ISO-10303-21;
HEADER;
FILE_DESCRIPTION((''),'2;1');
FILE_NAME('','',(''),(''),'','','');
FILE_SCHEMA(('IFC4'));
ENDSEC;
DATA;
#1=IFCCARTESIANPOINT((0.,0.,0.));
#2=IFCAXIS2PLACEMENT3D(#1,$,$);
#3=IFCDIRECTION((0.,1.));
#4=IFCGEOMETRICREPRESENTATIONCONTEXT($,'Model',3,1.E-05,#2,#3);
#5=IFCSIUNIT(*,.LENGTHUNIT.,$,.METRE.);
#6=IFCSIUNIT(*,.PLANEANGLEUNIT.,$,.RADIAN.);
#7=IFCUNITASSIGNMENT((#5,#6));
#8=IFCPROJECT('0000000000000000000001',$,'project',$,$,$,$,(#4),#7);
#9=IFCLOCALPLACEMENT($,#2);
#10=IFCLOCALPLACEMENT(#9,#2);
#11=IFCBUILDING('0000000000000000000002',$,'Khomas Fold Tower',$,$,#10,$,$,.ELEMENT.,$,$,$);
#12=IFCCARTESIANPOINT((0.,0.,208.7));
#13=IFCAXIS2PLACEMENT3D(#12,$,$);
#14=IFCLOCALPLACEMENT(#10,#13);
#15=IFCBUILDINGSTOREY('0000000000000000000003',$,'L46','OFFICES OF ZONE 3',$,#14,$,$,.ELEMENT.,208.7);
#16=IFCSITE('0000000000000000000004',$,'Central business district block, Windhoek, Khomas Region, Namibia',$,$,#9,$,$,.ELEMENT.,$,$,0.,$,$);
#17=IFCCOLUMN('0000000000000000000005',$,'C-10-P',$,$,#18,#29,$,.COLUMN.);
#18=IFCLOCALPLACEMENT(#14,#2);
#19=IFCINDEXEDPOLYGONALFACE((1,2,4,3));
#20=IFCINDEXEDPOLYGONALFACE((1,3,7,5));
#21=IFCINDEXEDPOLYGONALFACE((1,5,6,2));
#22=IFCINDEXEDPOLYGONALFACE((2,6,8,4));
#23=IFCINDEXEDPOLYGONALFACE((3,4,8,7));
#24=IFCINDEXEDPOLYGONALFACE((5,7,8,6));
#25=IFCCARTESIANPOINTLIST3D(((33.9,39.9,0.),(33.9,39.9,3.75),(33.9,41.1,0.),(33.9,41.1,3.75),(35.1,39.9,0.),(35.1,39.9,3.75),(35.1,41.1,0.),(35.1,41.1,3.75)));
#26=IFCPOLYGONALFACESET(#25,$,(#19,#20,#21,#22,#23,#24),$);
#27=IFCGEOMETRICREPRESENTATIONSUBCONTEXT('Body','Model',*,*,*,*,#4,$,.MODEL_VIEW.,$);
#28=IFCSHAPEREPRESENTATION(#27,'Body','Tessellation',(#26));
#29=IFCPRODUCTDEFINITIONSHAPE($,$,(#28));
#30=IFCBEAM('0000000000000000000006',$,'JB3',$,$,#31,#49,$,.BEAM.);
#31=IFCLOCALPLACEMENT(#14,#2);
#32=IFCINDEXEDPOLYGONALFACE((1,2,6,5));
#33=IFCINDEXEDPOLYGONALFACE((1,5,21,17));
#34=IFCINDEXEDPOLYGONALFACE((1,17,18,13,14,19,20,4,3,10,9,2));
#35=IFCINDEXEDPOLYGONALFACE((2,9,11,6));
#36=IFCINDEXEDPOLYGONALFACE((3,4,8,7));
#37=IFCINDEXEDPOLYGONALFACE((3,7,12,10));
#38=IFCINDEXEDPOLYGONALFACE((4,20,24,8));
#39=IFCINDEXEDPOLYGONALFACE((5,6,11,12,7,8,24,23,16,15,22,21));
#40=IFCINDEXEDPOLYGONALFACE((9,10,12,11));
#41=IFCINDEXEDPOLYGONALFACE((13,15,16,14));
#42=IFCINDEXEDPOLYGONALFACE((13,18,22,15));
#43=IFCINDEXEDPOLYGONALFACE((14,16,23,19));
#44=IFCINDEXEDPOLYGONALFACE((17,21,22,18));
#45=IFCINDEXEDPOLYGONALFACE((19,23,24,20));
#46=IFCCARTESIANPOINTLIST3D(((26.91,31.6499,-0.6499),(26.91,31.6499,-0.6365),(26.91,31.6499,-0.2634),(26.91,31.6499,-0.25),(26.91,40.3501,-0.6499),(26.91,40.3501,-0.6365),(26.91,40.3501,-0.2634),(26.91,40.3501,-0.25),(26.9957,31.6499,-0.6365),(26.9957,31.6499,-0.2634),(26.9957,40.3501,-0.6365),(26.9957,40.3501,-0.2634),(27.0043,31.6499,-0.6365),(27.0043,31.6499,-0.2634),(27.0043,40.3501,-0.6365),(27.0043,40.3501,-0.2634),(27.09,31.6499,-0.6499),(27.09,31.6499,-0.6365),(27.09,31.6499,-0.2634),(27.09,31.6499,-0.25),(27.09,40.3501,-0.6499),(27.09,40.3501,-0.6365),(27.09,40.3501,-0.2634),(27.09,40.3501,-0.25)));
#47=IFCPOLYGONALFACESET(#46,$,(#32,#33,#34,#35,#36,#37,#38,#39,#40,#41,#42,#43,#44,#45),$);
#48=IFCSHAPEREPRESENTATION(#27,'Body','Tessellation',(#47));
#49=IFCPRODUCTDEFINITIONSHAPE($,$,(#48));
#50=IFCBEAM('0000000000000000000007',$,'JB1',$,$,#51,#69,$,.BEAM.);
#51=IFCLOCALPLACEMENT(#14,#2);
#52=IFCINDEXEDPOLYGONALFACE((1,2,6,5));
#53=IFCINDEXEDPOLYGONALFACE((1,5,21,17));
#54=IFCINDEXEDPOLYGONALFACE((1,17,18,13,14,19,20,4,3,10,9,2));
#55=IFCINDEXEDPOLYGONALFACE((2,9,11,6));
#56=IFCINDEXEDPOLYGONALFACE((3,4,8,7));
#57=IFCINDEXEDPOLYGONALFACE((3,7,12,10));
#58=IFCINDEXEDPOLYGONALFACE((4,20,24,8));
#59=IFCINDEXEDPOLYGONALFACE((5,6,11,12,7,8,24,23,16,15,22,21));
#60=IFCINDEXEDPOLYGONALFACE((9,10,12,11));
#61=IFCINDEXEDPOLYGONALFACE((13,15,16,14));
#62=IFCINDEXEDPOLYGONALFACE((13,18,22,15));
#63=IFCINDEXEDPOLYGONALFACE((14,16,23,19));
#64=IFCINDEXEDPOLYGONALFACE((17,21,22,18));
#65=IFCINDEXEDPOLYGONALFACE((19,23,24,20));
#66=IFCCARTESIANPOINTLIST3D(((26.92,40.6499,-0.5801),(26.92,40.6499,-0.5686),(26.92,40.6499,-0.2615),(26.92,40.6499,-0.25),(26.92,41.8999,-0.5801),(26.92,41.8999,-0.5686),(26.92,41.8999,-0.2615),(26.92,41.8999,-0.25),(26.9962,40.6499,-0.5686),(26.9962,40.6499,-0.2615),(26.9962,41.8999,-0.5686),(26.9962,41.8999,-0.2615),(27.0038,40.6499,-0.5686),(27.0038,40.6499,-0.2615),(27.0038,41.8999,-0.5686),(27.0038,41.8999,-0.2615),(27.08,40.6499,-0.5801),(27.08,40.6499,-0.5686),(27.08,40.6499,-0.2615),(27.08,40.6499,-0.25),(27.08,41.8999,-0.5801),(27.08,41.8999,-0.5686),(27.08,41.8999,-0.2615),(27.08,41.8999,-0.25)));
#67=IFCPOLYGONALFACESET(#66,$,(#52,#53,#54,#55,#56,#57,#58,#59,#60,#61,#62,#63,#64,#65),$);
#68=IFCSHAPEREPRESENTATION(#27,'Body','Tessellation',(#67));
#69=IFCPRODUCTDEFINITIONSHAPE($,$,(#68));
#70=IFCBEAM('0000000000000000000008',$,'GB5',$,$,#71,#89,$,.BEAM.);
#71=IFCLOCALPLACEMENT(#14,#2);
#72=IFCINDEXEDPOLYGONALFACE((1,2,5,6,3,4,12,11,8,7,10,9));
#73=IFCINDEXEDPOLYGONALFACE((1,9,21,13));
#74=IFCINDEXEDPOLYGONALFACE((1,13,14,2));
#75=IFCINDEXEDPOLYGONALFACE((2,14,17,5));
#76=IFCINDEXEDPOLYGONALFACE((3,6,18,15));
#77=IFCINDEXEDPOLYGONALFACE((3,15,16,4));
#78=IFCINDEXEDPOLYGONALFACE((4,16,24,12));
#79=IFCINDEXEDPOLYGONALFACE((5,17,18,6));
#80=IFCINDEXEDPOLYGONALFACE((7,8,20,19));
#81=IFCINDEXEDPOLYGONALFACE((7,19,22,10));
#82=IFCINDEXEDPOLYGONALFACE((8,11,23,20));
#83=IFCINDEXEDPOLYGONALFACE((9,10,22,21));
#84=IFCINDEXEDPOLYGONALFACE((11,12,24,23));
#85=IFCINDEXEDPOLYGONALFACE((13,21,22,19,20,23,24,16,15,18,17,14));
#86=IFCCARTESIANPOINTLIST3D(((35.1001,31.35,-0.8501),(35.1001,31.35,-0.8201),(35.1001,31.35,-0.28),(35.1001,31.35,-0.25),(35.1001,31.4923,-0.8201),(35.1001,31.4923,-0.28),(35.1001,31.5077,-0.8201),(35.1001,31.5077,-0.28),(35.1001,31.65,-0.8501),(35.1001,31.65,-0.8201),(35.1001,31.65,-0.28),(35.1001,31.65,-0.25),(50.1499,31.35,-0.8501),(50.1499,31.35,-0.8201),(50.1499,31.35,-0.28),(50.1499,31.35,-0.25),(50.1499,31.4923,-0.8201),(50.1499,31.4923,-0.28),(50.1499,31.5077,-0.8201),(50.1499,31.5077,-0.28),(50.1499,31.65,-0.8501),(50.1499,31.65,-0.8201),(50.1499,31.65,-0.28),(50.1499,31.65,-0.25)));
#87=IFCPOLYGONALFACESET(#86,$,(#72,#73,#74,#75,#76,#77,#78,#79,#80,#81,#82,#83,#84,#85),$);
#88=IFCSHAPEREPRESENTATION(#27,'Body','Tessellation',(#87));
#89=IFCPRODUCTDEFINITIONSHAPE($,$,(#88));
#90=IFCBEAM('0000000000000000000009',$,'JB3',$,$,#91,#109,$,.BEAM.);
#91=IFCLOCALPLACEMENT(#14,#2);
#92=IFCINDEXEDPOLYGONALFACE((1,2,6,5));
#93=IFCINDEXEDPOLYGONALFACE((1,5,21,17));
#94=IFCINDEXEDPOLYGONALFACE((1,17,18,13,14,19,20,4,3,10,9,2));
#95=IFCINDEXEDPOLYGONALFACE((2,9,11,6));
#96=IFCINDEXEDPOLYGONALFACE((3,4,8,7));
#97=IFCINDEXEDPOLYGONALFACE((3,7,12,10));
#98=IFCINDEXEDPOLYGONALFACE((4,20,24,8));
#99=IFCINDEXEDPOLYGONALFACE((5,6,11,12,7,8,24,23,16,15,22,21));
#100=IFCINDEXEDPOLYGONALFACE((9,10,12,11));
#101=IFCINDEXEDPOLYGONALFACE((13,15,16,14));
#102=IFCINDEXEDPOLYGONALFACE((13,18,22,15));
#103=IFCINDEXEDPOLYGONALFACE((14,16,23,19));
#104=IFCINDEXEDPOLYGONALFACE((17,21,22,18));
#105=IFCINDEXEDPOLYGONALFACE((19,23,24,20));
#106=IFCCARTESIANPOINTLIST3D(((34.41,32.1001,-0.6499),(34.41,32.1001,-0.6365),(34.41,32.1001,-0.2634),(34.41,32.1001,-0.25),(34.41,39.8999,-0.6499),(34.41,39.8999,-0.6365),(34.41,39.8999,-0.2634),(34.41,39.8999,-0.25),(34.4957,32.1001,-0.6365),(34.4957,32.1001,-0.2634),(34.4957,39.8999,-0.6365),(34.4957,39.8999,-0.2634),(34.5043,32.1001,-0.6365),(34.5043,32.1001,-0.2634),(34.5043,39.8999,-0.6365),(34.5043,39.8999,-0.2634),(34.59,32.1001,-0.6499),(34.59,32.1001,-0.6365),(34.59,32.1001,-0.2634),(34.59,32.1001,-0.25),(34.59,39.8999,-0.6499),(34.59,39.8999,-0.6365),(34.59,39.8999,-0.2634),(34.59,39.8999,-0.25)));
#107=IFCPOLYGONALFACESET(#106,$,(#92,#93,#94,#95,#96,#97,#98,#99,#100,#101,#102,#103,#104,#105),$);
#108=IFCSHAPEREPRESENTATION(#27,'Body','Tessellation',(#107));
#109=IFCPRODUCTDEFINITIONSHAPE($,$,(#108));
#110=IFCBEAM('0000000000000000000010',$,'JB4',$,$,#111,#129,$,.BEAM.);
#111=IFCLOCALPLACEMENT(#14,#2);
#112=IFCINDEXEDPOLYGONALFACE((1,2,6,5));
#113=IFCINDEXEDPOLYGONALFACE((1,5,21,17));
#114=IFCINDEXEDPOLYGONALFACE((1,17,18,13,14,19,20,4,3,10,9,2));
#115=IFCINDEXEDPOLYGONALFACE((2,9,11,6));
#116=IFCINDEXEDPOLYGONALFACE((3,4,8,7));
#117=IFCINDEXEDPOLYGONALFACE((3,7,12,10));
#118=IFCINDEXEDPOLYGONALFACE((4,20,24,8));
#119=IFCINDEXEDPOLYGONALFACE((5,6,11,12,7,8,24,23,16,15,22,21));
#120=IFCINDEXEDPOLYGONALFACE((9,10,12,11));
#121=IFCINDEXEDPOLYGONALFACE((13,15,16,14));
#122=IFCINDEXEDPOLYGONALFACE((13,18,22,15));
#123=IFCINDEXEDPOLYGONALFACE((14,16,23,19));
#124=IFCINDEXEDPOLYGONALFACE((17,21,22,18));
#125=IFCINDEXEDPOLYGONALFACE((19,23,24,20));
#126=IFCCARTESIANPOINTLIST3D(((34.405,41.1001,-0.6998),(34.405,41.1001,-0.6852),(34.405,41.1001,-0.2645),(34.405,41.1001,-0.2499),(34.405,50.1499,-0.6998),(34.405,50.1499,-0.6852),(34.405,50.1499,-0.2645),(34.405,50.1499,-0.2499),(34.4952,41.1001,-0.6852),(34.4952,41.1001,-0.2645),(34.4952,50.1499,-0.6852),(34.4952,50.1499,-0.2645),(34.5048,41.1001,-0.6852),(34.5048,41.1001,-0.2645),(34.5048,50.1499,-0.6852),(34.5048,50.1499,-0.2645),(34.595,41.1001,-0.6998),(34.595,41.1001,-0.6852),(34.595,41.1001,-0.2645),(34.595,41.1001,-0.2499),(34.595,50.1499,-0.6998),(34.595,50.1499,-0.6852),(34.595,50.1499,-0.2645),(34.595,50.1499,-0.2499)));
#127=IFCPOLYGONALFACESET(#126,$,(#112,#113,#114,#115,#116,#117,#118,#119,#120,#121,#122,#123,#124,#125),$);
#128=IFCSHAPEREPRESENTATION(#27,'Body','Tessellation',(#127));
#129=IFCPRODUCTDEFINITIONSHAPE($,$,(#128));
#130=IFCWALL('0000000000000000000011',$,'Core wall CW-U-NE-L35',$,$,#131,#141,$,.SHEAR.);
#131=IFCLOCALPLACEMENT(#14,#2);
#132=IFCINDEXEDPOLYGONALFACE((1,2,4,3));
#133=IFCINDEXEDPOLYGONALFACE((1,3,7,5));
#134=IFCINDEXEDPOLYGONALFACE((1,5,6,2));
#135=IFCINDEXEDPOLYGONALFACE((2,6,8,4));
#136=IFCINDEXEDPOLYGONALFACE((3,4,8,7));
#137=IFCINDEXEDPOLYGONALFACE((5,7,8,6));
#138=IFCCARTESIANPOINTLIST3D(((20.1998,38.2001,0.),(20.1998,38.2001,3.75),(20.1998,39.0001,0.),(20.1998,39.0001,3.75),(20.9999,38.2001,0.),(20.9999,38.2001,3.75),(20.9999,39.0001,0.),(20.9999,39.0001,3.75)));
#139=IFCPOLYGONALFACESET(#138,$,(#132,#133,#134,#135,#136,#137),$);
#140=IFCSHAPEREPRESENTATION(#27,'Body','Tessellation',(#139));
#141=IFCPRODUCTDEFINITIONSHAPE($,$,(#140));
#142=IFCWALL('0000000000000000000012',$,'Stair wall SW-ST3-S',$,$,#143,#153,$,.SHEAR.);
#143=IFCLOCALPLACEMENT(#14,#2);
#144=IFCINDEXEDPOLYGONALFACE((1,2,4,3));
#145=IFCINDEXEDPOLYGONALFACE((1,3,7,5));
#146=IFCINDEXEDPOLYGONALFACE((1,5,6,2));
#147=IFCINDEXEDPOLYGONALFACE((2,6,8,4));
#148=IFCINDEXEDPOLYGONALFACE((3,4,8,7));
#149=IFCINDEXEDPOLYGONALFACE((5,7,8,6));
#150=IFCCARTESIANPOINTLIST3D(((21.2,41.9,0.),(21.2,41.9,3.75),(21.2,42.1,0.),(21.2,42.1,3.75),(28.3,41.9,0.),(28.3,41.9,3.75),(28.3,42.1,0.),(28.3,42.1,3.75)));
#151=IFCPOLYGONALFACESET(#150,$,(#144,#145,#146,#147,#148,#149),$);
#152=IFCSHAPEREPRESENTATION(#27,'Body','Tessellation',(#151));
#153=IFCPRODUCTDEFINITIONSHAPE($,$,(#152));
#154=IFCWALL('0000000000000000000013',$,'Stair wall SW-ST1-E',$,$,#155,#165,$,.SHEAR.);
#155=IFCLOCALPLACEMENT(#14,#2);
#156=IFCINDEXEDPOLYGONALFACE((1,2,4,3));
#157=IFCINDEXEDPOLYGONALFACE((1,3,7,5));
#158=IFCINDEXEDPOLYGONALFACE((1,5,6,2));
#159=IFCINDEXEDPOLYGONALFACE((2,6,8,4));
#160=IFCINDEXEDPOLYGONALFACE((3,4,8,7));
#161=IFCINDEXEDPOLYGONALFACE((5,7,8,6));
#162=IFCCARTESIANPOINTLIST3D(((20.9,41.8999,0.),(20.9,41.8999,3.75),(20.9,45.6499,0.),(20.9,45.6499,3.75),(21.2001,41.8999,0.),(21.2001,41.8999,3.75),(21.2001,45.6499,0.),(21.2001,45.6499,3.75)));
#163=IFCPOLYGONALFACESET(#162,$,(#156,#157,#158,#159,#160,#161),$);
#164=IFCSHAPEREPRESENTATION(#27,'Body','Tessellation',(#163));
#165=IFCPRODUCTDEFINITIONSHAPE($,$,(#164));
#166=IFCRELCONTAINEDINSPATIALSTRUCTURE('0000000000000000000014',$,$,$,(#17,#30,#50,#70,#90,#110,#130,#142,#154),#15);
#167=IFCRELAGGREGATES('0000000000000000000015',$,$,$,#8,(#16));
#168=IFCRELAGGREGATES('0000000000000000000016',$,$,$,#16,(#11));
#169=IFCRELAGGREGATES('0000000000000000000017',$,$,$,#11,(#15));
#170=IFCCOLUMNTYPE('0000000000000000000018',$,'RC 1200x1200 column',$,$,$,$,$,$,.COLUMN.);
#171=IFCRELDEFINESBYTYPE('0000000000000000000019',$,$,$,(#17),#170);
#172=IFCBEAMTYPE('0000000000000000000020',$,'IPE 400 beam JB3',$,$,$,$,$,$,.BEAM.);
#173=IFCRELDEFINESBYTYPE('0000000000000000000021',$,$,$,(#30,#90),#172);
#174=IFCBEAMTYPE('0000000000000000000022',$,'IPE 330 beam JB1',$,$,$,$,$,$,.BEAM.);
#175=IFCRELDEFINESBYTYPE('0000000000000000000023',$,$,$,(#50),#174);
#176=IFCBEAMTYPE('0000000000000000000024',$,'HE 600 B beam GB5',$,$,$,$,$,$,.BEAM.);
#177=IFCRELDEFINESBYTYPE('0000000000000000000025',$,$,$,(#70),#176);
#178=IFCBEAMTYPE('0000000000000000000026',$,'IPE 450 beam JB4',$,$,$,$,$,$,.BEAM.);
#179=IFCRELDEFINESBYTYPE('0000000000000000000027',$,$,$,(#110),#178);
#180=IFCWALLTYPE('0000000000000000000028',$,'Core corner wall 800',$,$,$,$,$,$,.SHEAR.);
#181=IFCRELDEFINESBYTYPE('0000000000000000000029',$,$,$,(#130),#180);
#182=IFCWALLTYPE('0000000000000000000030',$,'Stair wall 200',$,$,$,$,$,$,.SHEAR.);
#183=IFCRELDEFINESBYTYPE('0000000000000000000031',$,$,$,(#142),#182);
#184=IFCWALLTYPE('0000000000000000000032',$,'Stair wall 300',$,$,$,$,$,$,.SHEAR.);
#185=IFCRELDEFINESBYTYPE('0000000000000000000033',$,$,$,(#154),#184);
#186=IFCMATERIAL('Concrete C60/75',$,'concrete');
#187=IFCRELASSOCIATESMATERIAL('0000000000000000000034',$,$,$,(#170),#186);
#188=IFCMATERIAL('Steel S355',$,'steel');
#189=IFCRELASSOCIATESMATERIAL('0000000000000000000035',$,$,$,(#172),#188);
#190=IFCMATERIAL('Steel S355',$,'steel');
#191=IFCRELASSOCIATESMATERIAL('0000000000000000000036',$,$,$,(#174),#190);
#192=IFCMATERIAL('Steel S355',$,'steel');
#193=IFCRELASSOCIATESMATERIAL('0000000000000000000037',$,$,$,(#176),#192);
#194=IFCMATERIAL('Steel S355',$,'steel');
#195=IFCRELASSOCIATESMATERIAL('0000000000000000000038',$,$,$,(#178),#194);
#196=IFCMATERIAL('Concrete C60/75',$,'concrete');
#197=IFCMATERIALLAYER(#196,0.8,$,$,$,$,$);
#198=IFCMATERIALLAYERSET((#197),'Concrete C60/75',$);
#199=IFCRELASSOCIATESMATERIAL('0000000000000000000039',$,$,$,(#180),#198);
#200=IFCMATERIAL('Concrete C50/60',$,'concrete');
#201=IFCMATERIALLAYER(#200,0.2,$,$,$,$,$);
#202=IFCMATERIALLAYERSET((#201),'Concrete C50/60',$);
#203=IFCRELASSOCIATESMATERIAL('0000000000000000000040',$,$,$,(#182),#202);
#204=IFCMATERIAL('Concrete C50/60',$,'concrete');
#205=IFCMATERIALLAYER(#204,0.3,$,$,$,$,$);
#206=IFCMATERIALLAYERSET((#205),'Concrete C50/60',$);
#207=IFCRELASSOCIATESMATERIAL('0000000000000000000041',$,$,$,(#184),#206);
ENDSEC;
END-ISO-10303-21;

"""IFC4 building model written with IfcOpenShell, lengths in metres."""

from ifc_helpers import new_model, si_unit, direction, frame, frame_2d, origin, origin_2d, place, context, subcontext, project, spatial, rectangle, i_section, extrude, source, transform, mapped, material, layer, layer_set, material_profile, profile_set, type_object, element, save


model = new_model("IFC4")

# Units and contexts
model_context = context("Model", 3, precision=1e-05, world=origin(), true_north=direction((0.0, 1.0)))
body_context = subcontext(model_context, "Body", "Model", "MODEL_VIEW")
ifc_project = project(units=[si_unit("LENGTHUNIT", "METRE"), si_unit("PLANEANGLEUNIT", "RADIAN")], contexts=[model_context])

# Site, building, storey
site_placement = place(None, origin())
site = spatial("IfcSite", under=ifc_project, at=site_placement, Name="Central business district block, Windhoek, Khomas Region, Namibia", CompositionType="ELEMENT", RefElevation=0.0)
building_placement = place(site_placement, origin())
building = spatial("IfcBuilding", under=site, at=building_placement, Name="Khomas Fold Tower", CompositionType="ELEMENT")
storey_placement = place(building_placement, frame((0.0, 0.0, 208.7)))
storey = spatial("IfcBuildingStorey", under=building, at=storey_placement, Name="L46", Description="OFFICES OF ZONE 3", CompositionType="ELEMENT", Elevation=208.7)

# Column
ifc_material_1 = material(Name="Concrete C60/75", Category="concrete")
ifc_material_profile_1 = material_profile(ifc_material_1, rectangle(XDim=1.2, YDim=1.2, at=origin_2d()), Name="RC 1200x1200")
ifc_profile_set_1 = profile_set([ifc_material_profile_1], Name="Concrete C60/75")
column_type = type_object("IfcColumnType", Name="RC 1200x1200 column", PredefinedType="COLUMN", material=ifc_profile_set_1)
shared_shape_1 = source(origin(), body_context, "Body", "SweptSolid", [
    extrude(rectangle(XDim=1.2, YDim=1.2, at=origin_2d()), origin(), (0.0, 0.0, 1.0), 3.75),
])
column_placement = place(storey_placement, frame((34.5, 40.5, 0.0), z_axis=(0.0, 0.0, 1.0), x_axis=(1.0, 0.0, 0.0)))
element("IfcColumn", 1, at=column_placement, inside=storey, type_object=column_type, Name="C-10-P", PredefinedType="COLUMN", context=body_context, shape_type="MappedRepresentation", body=[
    mapped(shared_shape_1, transform((0.0, 0.0, 0.0))),
])

# Beams
ifc_material_2 = material(Name="Steel S355", Category="steel")
ifc_material_profile_2 = material_profile(ifc_material_2, i_section(OverallWidth=0.1799, OverallDepth=0.3999, WebThickness=0.0085, FlangeThickness=0.0134, at=origin_2d()), Name="IPE 400")
ifc_profile_set_2 = profile_set([ifc_material_profile_2], Name="Steel S355")
beam_type_1 = type_object("IfcBeamType", Name="IPE 400 beam JB3", PredefinedType="BEAM", material=ifc_profile_set_2)
shared_shape_2 = source(origin(), body_context, "Body", "SweptSolid", [
    extrude(i_section(OverallWidth=0.1799, OverallDepth=0.3999, WebThickness=0.0085, FlangeThickness=0.0134, at=origin_2d()), origin(), (0.0, 0.0, 1.0), 8.7002),
])
beam_1_placement = place(storey_placement, frame((27.0, 31.6499, -0.45), z_axis=(0.0, 1.0, 0.0), x_axis=(-1.0, 0.0, 0.0)))
element("IfcBeam", 2, at=beam_1_placement, inside=storey, type_object=beam_type_1, Name="JB3", PredefinedType="BEAM", context=body_context, shape_type="MappedRepresentation", body=[
    mapped(shared_shape_2, transform((0.0, 0.0, 0.0))),
])
ifc_material_3 = material(Name="Steel S355", Category="steel")
ifc_material_profile_3 = material_profile(ifc_material_3, i_section(OverallWidth=0.1599, OverallDepth=0.3301, WebThickness=0.0076, FlangeThickness=0.0115, at=origin_2d()), Name="IPE 330")
ifc_profile_set_3 = profile_set([ifc_material_profile_3], Name="Steel S355")
beam_type_2 = type_object("IfcBeamType", Name="IPE 330 beam JB1", PredefinedType="BEAM", material=ifc_profile_set_3)
shared_shape_3 = source(origin(), body_context, "Body", "SweptSolid", [
    extrude(i_section(OverallWidth=0.1599, OverallDepth=0.3301, WebThickness=0.0076, FlangeThickness=0.0115, at=origin_2d()), origin(), (0.0, 0.0, 1.0), 1.25),
])
beam_2_placement = place(storey_placement, frame((27.0, 40.6499, -0.415), z_axis=(0.0, 1.0, 0.0), x_axis=(-1.0, 0.0, 0.0)))
element("IfcBeam", 3, at=beam_2_placement, inside=storey, type_object=beam_type_2, Name="JB1", PredefinedType="BEAM", context=body_context, shape_type="MappedRepresentation", body=[
    mapped(shared_shape_3, transform((0.0, 0.0, 0.0))),
])
ifc_material_4 = material(Name="Steel S355", Category="steel")
ifc_material_profile_4 = material_profile(ifc_material_4, i_section(OverallWidth=0.3, OverallDepth=0.6001, WebThickness=0.0154, FlangeThickness=0.03, at=origin_2d()), Name="HE 600 B")
ifc_profile_set_4 = profile_set([ifc_material_profile_4], Name="Steel S355")
beam_type_3 = type_object("IfcBeamType", Name="HE 600 B beam GB5", PredefinedType="BEAM", material=ifc_profile_set_4)
shared_shape_4 = source(origin(), body_context, "Body", "SweptSolid", [
    extrude(i_section(OverallWidth=0.3, OverallDepth=0.6001, WebThickness=0.0154, FlangeThickness=0.03, at=origin_2d()), origin(), (0.0, 0.0, 1.0), 15.0498),
])
beam_3_placement = place(storey_placement, frame((35.1001, 31.5, -0.55), z_axis=(1.0, 0.0, 0.0), x_axis=(0.0, 1.0, 0.0)))
element("IfcBeam", 4, at=beam_3_placement, inside=storey, type_object=beam_type_3, Name="GB5", PredefinedType="BEAM", context=body_context, shape_type="MappedRepresentation", body=[
    mapped(shared_shape_4, transform((0.0, 0.0, 0.0))),
])
shared_shape_5 = source(origin(), body_context, "Body", "SweptSolid", [
    extrude(i_section(OverallWidth=0.1799, OverallDepth=0.3999, WebThickness=0.0085, FlangeThickness=0.0134, at=origin_2d()), origin(), (0.0, 0.0, 1.0), 7.7998),
])
beam_4_placement = place(storey_placement, frame((34.5, 32.1001, -0.45), z_axis=(0.0, 1.0, 0.0), x_axis=(-1.0, 0.0, 0.0)))
element("IfcBeam", 5, at=beam_4_placement, inside=storey, type_object=beam_type_1, Name="JB3", PredefinedType="BEAM", context=body_context, shape_type="MappedRepresentation", body=[
    mapped(shared_shape_5, transform((0.0, 0.0, 0.0))),
])
ifc_material_5 = material(Name="Steel S355", Category="steel")
ifc_material_profile_5 = material_profile(ifc_material_5, i_section(OverallWidth=0.1899, OverallDepth=0.45, WebThickness=0.0095, FlangeThickness=0.0146, at=origin_2d()), Name="IPE 450")
ifc_profile_set_5 = profile_set([ifc_material_profile_5], Name="Steel S355")
beam_type_4 = type_object("IfcBeamType", Name="IPE 450 beam JB4", PredefinedType="BEAM", material=ifc_profile_set_5)
shared_shape_6 = source(origin(), body_context, "Body", "SweptSolid", [
    extrude(i_section(OverallWidth=0.1899, OverallDepth=0.45, WebThickness=0.0095, FlangeThickness=0.0146, at=origin_2d()), origin(), (0.0, 0.0, 1.0), 9.0498),
])
beam_5_placement = place(storey_placement, frame((34.5, 41.1001, -0.4749), z_axis=(0.0, 1.0, 0.0), x_axis=(-1.0, 0.0, 0.0)))
element("IfcBeam", 6, at=beam_5_placement, inside=storey, type_object=beam_type_4, Name="JB4", PredefinedType="BEAM", context=body_context, shape_type="MappedRepresentation", body=[
    mapped(shared_shape_6, transform((0.0, 0.0, 0.0))),
])

# Walls
ifc_material_6 = material(Name="Concrete C60/75", Category="concrete")
ifc_layer_1 = layer(ifc_material_6, 0.8)
ifc_layer_set_1 = layer_set([ifc_layer_1], Name="Concrete C60/75")
wall_type_1 = type_object("IfcWallType", Name="Core corner wall 800", PredefinedType="SHEAR", material=ifc_layer_set_1)
shared_shape_7 = source(origin(), body_context, "Body", "SweptSolid", [
    extrude(rectangle(XDim=0.8, YDim=0.8, at=frame_2d((0.3999, 0.0))), origin(), (0.0, 0.0, 1.0), 3.75),
])
wall_1_placement = place(storey_placement, frame((20.2, 38.6001, 0.0), z_axis=(0.0, 0.0, 1.0), x_axis=(1.0, 0.0, 0.0)))
element("IfcWall", 7, at=wall_1_placement, inside=storey, type_object=wall_type_1, Name="Core wall CW-U-NE-L35", PredefinedType="SHEAR", context=body_context, shape_type="MappedRepresentation", body=[
    mapped(shared_shape_7, transform((0.0, 0.0, 0.0))),
])
ifc_material_7 = material(Name="Concrete C50/60", Category="concrete")
ifc_layer_2 = layer(ifc_material_7, 0.2)
ifc_layer_set_2 = layer_set([ifc_layer_2], Name="Concrete C50/60")
wall_type_2 = type_object("IfcWallType", Name="Stair wall 200", PredefinedType="SHEAR", material=ifc_layer_set_2)
shared_shape_8 = source(origin(), body_context, "Body", "SweptSolid", [
    extrude(rectangle(XDim=7.1001, YDim=0.2, at=frame_2d((3.55, 0.0))), origin(), (0.0, 0.0, 1.0), 3.75),
])
wall_2_placement = place(storey_placement, frame((21.2, 42.0, 0.0), z_axis=(0.0, 0.0, 1.0), x_axis=(1.0, 0.0, 0.0)))
element("IfcWall", 8, at=wall_2_placement, inside=storey, type_object=wall_type_2, Name="Stair wall SW-ST3-S", PredefinedType="SHEAR", context=body_context, shape_type="MappedRepresentation", body=[
    mapped(shared_shape_8, transform((0.0, 0.0, 0.0))),
])
ifc_material_8 = material(Name="Concrete C50/60", Category="concrete")
ifc_layer_3 = layer(ifc_material_8, 0.3)
ifc_layer_set_3 = layer_set([ifc_layer_3], Name="Concrete C50/60")
wall_type_3 = type_object("IfcWallType", Name="Stair wall 300", PredefinedType="SHEAR", material=ifc_layer_set_3)
shared_shape_9 = source(origin(), body_context, "Body", "SweptSolid", [
    extrude(rectangle(XDim=3.75, YDim=0.3, at=frame_2d((1.875, 0.0))), origin(), (0.0, 0.0, 1.0), 3.75),
])
wall_3_placement = place(storey_placement, frame((21.05, 41.8999, 0.0), z_axis=(0.0, 0.0, 1.0), x_axis=(0.0, 1.0, 0.0)))
element("IfcWall", 9, at=wall_3_placement, inside=storey, type_object=wall_type_3, Name="Stair wall SW-ST1-E", PredefinedType="SHEAR", context=body_context, shape_type="MappedRepresentation", body=[
    mapped(shared_shape_9, transform((0.0, 0.0, 0.0))),
])

save(model, "model.ifc")
